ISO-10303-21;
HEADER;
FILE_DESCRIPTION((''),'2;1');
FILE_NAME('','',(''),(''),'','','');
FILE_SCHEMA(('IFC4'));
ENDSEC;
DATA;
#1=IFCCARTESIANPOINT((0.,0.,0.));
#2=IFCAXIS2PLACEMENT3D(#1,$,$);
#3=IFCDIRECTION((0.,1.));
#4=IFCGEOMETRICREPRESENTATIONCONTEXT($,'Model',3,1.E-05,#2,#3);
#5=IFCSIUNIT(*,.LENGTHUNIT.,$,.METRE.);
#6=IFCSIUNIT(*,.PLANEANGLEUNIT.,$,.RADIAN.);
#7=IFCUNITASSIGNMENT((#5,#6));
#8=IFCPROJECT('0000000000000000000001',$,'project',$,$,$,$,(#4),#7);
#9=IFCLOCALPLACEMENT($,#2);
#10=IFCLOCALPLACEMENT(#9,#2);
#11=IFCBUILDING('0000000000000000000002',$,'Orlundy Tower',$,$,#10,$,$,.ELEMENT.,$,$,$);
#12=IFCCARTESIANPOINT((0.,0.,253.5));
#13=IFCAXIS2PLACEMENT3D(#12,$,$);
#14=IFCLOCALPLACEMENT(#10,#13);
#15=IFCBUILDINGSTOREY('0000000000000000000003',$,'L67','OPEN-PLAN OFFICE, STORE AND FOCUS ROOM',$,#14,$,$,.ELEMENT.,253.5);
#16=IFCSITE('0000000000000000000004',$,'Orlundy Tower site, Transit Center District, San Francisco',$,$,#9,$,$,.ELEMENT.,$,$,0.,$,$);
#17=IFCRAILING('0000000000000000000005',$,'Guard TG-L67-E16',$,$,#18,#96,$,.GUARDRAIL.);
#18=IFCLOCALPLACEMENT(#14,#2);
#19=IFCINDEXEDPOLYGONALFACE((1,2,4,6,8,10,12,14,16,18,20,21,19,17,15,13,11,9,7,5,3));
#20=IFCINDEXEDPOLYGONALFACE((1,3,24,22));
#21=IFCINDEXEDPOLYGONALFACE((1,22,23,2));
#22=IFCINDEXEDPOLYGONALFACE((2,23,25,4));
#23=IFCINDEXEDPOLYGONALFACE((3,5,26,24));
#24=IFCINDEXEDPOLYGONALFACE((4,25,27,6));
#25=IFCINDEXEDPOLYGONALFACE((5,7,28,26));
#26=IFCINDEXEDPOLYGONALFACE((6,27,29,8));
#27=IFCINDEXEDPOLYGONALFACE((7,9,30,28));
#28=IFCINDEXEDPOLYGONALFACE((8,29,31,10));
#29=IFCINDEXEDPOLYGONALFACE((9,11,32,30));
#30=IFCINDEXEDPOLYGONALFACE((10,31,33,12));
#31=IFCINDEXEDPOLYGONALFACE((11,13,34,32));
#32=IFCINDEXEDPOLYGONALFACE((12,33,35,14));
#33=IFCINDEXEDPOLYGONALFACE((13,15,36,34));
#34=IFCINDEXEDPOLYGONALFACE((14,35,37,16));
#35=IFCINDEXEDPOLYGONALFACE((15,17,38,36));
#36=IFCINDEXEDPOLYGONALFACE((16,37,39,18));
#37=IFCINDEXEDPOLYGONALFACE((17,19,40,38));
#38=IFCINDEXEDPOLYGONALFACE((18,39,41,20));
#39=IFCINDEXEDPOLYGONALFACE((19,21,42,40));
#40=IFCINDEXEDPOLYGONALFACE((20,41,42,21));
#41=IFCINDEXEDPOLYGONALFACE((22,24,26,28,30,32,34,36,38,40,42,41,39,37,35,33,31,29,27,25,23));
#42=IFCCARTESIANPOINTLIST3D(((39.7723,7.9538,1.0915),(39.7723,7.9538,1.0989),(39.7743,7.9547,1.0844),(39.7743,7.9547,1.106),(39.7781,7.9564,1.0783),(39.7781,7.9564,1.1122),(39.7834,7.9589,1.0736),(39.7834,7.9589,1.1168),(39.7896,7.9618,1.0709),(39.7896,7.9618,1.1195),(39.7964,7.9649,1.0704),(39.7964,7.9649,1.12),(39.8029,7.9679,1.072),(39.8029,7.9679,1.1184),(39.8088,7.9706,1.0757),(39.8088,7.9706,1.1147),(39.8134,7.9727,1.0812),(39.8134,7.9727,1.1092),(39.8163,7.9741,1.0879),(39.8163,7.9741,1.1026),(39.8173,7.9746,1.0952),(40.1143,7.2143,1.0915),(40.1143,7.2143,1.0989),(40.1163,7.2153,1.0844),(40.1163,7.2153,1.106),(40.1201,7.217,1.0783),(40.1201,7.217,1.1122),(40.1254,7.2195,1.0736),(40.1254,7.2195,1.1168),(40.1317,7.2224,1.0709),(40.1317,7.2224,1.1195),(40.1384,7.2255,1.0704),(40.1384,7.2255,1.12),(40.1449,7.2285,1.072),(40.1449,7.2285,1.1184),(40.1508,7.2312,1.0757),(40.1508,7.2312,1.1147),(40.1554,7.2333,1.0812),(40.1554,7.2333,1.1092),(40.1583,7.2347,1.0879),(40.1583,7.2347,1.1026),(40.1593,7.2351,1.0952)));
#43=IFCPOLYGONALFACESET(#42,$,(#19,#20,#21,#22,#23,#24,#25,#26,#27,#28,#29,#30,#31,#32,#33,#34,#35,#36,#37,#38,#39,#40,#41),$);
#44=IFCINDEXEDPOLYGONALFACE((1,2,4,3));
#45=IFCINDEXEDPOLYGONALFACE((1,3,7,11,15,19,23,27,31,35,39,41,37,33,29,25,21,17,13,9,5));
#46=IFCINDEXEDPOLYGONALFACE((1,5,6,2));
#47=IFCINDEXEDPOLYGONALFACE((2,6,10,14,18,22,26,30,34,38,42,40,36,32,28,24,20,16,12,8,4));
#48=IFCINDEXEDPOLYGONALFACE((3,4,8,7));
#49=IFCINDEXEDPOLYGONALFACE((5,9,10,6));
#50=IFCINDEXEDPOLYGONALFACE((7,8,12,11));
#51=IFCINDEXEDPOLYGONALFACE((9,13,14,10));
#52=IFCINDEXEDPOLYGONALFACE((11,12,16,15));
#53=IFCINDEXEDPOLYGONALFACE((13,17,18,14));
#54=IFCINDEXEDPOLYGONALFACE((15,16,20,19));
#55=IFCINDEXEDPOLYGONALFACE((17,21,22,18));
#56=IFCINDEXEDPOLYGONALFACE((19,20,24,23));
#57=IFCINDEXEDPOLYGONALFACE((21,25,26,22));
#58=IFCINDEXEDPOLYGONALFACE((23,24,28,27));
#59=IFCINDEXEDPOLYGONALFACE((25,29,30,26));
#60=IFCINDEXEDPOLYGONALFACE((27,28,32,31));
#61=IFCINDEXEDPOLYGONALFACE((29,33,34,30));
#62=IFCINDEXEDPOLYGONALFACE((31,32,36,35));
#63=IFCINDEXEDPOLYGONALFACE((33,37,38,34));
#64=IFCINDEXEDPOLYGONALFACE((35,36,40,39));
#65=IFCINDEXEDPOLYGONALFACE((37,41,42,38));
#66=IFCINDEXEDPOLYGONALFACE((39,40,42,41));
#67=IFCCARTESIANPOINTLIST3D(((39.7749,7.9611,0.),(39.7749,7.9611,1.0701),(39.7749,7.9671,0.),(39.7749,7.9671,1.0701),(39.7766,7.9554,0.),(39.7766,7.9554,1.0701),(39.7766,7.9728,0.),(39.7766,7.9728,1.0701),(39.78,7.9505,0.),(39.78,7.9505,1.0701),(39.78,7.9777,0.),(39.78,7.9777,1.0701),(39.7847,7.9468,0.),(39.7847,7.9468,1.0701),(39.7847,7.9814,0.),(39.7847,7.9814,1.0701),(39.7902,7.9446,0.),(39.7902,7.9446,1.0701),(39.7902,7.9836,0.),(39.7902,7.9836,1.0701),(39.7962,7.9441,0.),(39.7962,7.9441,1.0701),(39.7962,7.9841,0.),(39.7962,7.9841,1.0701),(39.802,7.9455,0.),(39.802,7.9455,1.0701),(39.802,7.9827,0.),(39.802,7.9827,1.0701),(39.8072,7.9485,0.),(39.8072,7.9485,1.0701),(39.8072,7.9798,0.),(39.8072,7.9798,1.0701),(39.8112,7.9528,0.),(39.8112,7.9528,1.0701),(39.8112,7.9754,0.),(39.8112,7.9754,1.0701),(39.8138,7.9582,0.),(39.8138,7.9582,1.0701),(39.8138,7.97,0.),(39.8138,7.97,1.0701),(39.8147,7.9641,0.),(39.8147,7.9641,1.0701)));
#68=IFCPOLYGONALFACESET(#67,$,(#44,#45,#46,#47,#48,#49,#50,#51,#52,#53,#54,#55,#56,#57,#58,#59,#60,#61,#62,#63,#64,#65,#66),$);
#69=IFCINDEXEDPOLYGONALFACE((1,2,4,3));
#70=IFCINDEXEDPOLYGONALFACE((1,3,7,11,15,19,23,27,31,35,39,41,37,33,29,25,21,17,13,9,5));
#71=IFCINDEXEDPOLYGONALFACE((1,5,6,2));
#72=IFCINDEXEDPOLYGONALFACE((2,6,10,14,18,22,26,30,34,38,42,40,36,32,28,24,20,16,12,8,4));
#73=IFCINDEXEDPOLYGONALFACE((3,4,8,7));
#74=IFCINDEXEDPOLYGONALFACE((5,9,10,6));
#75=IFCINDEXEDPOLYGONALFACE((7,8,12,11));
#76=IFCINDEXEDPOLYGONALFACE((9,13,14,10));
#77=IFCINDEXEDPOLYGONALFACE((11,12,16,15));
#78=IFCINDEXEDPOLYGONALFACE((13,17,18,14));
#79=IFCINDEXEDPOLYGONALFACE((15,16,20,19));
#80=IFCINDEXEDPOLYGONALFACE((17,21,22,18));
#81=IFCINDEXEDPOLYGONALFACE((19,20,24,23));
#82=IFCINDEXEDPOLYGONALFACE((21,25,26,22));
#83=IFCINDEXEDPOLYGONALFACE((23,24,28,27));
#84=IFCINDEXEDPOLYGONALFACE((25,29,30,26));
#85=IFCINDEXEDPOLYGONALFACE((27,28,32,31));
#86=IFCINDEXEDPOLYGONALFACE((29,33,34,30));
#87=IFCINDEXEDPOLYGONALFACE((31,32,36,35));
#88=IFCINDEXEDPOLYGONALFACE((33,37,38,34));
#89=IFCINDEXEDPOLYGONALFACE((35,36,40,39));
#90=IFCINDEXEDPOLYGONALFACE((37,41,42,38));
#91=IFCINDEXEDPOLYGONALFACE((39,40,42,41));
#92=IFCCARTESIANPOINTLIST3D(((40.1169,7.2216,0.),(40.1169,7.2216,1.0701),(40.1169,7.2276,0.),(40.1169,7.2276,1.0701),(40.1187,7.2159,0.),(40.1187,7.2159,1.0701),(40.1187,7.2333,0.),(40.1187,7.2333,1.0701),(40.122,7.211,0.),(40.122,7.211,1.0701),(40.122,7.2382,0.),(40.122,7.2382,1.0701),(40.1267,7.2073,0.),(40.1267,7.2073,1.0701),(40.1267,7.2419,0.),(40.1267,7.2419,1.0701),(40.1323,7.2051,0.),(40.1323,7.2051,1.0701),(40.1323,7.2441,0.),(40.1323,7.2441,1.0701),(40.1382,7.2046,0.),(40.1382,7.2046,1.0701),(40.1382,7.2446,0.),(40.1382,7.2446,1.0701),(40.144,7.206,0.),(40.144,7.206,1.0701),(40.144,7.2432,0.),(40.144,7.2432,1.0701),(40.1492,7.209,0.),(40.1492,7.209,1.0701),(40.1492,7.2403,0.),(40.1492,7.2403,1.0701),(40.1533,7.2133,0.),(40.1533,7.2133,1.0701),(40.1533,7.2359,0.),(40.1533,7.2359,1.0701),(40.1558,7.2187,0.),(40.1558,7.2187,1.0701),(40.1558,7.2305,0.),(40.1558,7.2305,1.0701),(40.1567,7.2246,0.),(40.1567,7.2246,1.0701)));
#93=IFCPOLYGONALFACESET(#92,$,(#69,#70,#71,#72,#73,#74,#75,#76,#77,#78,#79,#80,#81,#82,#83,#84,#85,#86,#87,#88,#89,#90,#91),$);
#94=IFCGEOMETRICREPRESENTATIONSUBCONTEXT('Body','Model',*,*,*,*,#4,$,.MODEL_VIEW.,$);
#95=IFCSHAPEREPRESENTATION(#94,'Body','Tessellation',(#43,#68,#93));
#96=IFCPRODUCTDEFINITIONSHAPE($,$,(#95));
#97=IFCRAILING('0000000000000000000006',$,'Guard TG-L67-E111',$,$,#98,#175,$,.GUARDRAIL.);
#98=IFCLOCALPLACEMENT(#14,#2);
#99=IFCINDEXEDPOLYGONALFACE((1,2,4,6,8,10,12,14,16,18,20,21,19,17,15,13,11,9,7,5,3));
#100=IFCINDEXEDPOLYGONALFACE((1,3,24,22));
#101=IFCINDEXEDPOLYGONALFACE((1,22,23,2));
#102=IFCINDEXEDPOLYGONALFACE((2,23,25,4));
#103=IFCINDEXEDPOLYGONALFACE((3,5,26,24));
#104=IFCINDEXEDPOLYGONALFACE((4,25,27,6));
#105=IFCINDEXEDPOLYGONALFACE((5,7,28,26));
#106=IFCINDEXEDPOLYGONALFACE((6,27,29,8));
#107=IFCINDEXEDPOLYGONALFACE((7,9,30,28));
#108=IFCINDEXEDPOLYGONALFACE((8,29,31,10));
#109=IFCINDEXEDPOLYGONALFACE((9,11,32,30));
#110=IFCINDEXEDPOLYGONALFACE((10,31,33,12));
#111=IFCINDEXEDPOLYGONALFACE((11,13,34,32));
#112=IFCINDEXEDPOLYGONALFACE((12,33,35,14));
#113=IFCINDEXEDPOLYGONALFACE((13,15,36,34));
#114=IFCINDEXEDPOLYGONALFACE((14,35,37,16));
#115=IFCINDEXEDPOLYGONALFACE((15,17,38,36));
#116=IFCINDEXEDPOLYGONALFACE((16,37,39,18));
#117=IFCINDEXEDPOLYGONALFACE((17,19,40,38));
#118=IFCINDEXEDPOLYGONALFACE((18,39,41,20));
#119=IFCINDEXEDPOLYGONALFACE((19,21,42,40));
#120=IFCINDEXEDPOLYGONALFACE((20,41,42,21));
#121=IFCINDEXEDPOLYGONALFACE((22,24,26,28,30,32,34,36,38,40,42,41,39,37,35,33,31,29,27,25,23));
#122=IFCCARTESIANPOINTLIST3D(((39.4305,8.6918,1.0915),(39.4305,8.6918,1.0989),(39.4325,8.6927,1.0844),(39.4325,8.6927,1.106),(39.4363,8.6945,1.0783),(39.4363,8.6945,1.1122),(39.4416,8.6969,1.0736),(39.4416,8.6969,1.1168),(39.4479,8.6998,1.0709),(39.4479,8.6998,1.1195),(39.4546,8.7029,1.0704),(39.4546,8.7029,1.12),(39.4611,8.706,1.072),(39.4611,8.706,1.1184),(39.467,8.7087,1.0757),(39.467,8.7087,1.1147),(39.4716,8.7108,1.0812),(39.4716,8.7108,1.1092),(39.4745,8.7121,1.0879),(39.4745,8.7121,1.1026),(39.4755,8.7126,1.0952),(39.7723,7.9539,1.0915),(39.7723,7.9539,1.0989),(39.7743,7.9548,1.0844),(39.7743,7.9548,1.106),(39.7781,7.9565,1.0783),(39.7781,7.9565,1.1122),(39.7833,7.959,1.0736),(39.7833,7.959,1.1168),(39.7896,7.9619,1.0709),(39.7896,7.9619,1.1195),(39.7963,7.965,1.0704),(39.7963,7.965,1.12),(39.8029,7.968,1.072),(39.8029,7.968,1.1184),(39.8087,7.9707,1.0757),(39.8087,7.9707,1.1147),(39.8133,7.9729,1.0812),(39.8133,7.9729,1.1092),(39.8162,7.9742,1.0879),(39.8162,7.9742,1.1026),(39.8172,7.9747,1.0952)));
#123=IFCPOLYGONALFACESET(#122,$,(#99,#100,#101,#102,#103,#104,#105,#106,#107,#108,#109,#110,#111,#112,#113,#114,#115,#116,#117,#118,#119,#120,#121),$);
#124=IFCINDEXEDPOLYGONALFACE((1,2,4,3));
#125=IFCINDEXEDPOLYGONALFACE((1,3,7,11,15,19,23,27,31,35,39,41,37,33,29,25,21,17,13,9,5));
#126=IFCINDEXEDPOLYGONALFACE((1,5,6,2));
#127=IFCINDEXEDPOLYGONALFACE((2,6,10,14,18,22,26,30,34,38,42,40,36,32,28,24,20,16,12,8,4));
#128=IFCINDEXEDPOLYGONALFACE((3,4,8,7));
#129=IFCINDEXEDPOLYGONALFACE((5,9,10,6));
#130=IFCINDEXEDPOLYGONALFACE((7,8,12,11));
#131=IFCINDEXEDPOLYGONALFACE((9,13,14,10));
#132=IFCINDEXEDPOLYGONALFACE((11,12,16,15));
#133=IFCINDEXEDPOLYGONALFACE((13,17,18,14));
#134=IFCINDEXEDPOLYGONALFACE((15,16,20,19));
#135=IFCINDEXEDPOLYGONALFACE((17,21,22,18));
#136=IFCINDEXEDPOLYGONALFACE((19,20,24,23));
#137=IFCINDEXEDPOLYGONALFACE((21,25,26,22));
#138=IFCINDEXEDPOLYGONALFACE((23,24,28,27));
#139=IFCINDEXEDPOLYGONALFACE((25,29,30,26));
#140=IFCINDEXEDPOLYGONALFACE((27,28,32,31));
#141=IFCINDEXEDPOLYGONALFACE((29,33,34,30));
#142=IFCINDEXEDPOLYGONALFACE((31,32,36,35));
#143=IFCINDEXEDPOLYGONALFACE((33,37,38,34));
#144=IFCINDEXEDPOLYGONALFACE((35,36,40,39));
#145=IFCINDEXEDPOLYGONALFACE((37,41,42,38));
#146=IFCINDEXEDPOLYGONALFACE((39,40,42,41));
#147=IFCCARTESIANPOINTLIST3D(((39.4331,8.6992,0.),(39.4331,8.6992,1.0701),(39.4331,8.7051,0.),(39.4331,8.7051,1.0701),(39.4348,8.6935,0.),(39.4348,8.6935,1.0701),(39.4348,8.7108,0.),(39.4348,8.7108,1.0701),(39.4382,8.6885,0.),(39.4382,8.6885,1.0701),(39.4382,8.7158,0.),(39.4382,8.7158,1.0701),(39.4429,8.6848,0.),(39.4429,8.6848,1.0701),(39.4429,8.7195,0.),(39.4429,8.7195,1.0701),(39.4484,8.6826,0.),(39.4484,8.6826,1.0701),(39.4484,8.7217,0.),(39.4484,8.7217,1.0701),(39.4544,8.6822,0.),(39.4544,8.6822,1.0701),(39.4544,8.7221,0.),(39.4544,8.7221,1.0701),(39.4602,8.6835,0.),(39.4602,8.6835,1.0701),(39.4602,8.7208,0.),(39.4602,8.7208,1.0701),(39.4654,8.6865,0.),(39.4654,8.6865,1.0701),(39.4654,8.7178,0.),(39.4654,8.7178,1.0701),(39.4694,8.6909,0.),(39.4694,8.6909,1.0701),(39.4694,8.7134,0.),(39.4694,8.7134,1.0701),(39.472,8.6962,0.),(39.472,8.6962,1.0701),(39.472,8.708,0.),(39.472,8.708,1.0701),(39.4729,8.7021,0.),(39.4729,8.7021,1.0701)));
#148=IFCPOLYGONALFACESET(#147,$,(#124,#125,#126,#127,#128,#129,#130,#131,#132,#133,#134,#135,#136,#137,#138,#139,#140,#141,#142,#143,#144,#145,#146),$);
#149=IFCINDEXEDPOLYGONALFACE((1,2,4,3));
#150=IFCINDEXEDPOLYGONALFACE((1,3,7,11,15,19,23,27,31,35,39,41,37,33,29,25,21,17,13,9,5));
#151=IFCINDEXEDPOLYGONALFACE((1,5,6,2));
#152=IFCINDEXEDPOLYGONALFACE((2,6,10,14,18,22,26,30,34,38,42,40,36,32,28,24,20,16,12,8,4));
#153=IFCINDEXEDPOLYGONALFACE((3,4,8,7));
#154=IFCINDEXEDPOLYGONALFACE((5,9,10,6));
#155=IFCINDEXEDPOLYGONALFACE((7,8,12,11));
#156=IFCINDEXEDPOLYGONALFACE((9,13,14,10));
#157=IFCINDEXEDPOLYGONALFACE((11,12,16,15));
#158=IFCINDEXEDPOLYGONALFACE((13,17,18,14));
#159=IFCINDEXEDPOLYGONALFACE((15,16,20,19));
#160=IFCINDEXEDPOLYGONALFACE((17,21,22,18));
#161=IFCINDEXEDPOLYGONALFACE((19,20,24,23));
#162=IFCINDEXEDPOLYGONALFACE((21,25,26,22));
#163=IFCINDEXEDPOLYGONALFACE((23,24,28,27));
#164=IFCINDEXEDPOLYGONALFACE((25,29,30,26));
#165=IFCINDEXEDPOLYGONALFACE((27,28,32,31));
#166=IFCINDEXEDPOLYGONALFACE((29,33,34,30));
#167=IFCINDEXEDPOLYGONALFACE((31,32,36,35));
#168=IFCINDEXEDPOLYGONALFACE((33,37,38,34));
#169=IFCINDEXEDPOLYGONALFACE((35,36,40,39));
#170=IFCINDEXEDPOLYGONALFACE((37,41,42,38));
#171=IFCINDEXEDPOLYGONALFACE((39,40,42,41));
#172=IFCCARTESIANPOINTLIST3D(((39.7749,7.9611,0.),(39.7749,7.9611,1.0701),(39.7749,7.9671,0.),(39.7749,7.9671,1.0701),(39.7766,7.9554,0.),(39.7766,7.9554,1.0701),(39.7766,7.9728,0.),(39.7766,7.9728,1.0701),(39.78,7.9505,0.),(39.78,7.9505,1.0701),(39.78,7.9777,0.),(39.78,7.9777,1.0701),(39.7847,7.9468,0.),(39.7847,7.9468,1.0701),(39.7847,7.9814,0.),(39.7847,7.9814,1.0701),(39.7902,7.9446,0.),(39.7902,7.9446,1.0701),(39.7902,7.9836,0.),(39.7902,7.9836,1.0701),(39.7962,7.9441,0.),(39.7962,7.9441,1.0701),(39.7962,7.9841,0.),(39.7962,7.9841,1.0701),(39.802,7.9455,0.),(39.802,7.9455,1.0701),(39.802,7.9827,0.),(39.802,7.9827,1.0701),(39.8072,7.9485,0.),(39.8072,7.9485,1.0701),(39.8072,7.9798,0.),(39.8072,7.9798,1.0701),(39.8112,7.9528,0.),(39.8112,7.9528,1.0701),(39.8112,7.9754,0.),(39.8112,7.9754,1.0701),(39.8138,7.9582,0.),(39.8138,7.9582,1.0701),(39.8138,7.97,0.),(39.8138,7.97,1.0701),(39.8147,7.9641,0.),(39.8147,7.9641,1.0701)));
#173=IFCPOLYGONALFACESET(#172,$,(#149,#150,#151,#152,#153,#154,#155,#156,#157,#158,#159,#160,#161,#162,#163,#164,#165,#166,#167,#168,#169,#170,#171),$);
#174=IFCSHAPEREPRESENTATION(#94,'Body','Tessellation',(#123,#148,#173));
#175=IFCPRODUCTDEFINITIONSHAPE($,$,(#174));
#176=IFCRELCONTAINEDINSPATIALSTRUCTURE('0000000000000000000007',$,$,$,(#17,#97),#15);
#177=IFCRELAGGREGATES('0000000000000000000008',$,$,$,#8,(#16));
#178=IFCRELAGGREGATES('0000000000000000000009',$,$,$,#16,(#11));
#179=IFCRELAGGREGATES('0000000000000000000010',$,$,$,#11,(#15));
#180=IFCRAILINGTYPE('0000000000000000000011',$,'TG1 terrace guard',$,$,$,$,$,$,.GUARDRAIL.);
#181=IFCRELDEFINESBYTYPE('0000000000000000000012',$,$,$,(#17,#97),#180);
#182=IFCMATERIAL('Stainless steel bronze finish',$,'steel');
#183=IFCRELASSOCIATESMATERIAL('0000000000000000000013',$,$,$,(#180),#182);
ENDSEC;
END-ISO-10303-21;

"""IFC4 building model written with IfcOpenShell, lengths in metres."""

from ifc_helpers import new_model, si_unit, direction, frame, origin, origin_2d, place, context, subcontext, project, spatial, circle, extrude, material, type_object, element, save


model = new_model("IFC4")

# Units and contexts
model_context = context("Model", 3, precision=1e-05, world=origin(), true_north=direction((0.0, 1.0)))
body_context = subcontext(model_context, "Body", "Model", "MODEL_VIEW")
ifc_project = project(units=[si_unit("LENGTHUNIT", "METRE"), si_unit("PLANEANGLEUNIT", "RADIAN")], contexts=[model_context])

# Site, building, storey
site_placement = place(None, origin())
site = spatial("IfcSite", under=ifc_project, at=site_placement, Name="Orlundy Tower site, Transit Center District, San Francisco", CompositionType="ELEMENT", RefElevation=0.0)
building_placement = place(site_placement, origin())
building = spatial("IfcBuilding", under=site, at=building_placement, Name="Orlundy Tower", CompositionType="ELEMENT")
storey_placement = place(building_placement, frame((0.0, 0.0, 253.5)))
storey = spatial("IfcBuildingStorey", under=building, at=storey_placement, Name="L67", Description="OPEN-PLAN OFFICE, STORE AND FOCUS ROOM", CompositionType="ELEMENT", Elevation=253.5)

# Railings
ifc_material_1 = material(Name="Stainless steel bronze finish", Category="steel")
railing_type = type_object("IfcRailingType", Name="TG1 terrace guard", PredefinedType="GUARDRAIL", material=ifc_material_1)
railing_1_placement = place(storey_placement, frame((39.7947, 7.9641, 0.0)))
element("IfcRailing", 1, at=railing_1_placement, inside=storey, type_object=railing_type, Name="Guard TG-L67-E16", PredefinedType="GUARDRAIL", context=body_context, shape_type="SweptSolid", body=[
    extrude(circle(Radius=0.0249, at=origin_2d()), frame((0.0, 0.0, 1.0952), z_axis=(0.419799, -0.907617, 0.0), x_axis=(0.907617, 0.419799, 0.0)), (0.0, 0.0, 1.0), 0.8147),
    extrude(circle(Radius=0.02, at=origin_2d()), origin(), (0.0, 0.0, 1.0), 1.0701),
    extrude(circle(Radius=0.02, at=origin_2d()), frame((0.342, -0.7395, 0.0)), (0.0, 0.0, 1.0), 1.0701),
])
railing_2_placement = place(storey_placement, frame((39.4529, 8.7021, 0.0)))
element("IfcRailing", 2, at=railing_2_placement, inside=storey, type_object=railing_type, Name="Guard TG-L67-E111", PredefinedType="GUARDRAIL", context=body_context, shape_type="SweptSolid", body=[
    extrude(circle(Radius=0.0249, at=origin_2d()), frame((0.0, 0.0, 1.0952), z_axis=(0.420238, -0.907414, 0.0), x_axis=(0.907414, 0.420238, 0.0)), (0.0, 0.0, 1.0), 0.8132),
    extrude(circle(Radius=0.02, at=origin_2d()), origin(), (0.0, 0.0, 1.0), 1.0701),
    extrude(circle(Radius=0.02, at=origin_2d()), frame((0.3418, -0.738, 0.0)), (0.0, 0.0, 1.0), 1.0701),
])

save(model, "model.ifc")
